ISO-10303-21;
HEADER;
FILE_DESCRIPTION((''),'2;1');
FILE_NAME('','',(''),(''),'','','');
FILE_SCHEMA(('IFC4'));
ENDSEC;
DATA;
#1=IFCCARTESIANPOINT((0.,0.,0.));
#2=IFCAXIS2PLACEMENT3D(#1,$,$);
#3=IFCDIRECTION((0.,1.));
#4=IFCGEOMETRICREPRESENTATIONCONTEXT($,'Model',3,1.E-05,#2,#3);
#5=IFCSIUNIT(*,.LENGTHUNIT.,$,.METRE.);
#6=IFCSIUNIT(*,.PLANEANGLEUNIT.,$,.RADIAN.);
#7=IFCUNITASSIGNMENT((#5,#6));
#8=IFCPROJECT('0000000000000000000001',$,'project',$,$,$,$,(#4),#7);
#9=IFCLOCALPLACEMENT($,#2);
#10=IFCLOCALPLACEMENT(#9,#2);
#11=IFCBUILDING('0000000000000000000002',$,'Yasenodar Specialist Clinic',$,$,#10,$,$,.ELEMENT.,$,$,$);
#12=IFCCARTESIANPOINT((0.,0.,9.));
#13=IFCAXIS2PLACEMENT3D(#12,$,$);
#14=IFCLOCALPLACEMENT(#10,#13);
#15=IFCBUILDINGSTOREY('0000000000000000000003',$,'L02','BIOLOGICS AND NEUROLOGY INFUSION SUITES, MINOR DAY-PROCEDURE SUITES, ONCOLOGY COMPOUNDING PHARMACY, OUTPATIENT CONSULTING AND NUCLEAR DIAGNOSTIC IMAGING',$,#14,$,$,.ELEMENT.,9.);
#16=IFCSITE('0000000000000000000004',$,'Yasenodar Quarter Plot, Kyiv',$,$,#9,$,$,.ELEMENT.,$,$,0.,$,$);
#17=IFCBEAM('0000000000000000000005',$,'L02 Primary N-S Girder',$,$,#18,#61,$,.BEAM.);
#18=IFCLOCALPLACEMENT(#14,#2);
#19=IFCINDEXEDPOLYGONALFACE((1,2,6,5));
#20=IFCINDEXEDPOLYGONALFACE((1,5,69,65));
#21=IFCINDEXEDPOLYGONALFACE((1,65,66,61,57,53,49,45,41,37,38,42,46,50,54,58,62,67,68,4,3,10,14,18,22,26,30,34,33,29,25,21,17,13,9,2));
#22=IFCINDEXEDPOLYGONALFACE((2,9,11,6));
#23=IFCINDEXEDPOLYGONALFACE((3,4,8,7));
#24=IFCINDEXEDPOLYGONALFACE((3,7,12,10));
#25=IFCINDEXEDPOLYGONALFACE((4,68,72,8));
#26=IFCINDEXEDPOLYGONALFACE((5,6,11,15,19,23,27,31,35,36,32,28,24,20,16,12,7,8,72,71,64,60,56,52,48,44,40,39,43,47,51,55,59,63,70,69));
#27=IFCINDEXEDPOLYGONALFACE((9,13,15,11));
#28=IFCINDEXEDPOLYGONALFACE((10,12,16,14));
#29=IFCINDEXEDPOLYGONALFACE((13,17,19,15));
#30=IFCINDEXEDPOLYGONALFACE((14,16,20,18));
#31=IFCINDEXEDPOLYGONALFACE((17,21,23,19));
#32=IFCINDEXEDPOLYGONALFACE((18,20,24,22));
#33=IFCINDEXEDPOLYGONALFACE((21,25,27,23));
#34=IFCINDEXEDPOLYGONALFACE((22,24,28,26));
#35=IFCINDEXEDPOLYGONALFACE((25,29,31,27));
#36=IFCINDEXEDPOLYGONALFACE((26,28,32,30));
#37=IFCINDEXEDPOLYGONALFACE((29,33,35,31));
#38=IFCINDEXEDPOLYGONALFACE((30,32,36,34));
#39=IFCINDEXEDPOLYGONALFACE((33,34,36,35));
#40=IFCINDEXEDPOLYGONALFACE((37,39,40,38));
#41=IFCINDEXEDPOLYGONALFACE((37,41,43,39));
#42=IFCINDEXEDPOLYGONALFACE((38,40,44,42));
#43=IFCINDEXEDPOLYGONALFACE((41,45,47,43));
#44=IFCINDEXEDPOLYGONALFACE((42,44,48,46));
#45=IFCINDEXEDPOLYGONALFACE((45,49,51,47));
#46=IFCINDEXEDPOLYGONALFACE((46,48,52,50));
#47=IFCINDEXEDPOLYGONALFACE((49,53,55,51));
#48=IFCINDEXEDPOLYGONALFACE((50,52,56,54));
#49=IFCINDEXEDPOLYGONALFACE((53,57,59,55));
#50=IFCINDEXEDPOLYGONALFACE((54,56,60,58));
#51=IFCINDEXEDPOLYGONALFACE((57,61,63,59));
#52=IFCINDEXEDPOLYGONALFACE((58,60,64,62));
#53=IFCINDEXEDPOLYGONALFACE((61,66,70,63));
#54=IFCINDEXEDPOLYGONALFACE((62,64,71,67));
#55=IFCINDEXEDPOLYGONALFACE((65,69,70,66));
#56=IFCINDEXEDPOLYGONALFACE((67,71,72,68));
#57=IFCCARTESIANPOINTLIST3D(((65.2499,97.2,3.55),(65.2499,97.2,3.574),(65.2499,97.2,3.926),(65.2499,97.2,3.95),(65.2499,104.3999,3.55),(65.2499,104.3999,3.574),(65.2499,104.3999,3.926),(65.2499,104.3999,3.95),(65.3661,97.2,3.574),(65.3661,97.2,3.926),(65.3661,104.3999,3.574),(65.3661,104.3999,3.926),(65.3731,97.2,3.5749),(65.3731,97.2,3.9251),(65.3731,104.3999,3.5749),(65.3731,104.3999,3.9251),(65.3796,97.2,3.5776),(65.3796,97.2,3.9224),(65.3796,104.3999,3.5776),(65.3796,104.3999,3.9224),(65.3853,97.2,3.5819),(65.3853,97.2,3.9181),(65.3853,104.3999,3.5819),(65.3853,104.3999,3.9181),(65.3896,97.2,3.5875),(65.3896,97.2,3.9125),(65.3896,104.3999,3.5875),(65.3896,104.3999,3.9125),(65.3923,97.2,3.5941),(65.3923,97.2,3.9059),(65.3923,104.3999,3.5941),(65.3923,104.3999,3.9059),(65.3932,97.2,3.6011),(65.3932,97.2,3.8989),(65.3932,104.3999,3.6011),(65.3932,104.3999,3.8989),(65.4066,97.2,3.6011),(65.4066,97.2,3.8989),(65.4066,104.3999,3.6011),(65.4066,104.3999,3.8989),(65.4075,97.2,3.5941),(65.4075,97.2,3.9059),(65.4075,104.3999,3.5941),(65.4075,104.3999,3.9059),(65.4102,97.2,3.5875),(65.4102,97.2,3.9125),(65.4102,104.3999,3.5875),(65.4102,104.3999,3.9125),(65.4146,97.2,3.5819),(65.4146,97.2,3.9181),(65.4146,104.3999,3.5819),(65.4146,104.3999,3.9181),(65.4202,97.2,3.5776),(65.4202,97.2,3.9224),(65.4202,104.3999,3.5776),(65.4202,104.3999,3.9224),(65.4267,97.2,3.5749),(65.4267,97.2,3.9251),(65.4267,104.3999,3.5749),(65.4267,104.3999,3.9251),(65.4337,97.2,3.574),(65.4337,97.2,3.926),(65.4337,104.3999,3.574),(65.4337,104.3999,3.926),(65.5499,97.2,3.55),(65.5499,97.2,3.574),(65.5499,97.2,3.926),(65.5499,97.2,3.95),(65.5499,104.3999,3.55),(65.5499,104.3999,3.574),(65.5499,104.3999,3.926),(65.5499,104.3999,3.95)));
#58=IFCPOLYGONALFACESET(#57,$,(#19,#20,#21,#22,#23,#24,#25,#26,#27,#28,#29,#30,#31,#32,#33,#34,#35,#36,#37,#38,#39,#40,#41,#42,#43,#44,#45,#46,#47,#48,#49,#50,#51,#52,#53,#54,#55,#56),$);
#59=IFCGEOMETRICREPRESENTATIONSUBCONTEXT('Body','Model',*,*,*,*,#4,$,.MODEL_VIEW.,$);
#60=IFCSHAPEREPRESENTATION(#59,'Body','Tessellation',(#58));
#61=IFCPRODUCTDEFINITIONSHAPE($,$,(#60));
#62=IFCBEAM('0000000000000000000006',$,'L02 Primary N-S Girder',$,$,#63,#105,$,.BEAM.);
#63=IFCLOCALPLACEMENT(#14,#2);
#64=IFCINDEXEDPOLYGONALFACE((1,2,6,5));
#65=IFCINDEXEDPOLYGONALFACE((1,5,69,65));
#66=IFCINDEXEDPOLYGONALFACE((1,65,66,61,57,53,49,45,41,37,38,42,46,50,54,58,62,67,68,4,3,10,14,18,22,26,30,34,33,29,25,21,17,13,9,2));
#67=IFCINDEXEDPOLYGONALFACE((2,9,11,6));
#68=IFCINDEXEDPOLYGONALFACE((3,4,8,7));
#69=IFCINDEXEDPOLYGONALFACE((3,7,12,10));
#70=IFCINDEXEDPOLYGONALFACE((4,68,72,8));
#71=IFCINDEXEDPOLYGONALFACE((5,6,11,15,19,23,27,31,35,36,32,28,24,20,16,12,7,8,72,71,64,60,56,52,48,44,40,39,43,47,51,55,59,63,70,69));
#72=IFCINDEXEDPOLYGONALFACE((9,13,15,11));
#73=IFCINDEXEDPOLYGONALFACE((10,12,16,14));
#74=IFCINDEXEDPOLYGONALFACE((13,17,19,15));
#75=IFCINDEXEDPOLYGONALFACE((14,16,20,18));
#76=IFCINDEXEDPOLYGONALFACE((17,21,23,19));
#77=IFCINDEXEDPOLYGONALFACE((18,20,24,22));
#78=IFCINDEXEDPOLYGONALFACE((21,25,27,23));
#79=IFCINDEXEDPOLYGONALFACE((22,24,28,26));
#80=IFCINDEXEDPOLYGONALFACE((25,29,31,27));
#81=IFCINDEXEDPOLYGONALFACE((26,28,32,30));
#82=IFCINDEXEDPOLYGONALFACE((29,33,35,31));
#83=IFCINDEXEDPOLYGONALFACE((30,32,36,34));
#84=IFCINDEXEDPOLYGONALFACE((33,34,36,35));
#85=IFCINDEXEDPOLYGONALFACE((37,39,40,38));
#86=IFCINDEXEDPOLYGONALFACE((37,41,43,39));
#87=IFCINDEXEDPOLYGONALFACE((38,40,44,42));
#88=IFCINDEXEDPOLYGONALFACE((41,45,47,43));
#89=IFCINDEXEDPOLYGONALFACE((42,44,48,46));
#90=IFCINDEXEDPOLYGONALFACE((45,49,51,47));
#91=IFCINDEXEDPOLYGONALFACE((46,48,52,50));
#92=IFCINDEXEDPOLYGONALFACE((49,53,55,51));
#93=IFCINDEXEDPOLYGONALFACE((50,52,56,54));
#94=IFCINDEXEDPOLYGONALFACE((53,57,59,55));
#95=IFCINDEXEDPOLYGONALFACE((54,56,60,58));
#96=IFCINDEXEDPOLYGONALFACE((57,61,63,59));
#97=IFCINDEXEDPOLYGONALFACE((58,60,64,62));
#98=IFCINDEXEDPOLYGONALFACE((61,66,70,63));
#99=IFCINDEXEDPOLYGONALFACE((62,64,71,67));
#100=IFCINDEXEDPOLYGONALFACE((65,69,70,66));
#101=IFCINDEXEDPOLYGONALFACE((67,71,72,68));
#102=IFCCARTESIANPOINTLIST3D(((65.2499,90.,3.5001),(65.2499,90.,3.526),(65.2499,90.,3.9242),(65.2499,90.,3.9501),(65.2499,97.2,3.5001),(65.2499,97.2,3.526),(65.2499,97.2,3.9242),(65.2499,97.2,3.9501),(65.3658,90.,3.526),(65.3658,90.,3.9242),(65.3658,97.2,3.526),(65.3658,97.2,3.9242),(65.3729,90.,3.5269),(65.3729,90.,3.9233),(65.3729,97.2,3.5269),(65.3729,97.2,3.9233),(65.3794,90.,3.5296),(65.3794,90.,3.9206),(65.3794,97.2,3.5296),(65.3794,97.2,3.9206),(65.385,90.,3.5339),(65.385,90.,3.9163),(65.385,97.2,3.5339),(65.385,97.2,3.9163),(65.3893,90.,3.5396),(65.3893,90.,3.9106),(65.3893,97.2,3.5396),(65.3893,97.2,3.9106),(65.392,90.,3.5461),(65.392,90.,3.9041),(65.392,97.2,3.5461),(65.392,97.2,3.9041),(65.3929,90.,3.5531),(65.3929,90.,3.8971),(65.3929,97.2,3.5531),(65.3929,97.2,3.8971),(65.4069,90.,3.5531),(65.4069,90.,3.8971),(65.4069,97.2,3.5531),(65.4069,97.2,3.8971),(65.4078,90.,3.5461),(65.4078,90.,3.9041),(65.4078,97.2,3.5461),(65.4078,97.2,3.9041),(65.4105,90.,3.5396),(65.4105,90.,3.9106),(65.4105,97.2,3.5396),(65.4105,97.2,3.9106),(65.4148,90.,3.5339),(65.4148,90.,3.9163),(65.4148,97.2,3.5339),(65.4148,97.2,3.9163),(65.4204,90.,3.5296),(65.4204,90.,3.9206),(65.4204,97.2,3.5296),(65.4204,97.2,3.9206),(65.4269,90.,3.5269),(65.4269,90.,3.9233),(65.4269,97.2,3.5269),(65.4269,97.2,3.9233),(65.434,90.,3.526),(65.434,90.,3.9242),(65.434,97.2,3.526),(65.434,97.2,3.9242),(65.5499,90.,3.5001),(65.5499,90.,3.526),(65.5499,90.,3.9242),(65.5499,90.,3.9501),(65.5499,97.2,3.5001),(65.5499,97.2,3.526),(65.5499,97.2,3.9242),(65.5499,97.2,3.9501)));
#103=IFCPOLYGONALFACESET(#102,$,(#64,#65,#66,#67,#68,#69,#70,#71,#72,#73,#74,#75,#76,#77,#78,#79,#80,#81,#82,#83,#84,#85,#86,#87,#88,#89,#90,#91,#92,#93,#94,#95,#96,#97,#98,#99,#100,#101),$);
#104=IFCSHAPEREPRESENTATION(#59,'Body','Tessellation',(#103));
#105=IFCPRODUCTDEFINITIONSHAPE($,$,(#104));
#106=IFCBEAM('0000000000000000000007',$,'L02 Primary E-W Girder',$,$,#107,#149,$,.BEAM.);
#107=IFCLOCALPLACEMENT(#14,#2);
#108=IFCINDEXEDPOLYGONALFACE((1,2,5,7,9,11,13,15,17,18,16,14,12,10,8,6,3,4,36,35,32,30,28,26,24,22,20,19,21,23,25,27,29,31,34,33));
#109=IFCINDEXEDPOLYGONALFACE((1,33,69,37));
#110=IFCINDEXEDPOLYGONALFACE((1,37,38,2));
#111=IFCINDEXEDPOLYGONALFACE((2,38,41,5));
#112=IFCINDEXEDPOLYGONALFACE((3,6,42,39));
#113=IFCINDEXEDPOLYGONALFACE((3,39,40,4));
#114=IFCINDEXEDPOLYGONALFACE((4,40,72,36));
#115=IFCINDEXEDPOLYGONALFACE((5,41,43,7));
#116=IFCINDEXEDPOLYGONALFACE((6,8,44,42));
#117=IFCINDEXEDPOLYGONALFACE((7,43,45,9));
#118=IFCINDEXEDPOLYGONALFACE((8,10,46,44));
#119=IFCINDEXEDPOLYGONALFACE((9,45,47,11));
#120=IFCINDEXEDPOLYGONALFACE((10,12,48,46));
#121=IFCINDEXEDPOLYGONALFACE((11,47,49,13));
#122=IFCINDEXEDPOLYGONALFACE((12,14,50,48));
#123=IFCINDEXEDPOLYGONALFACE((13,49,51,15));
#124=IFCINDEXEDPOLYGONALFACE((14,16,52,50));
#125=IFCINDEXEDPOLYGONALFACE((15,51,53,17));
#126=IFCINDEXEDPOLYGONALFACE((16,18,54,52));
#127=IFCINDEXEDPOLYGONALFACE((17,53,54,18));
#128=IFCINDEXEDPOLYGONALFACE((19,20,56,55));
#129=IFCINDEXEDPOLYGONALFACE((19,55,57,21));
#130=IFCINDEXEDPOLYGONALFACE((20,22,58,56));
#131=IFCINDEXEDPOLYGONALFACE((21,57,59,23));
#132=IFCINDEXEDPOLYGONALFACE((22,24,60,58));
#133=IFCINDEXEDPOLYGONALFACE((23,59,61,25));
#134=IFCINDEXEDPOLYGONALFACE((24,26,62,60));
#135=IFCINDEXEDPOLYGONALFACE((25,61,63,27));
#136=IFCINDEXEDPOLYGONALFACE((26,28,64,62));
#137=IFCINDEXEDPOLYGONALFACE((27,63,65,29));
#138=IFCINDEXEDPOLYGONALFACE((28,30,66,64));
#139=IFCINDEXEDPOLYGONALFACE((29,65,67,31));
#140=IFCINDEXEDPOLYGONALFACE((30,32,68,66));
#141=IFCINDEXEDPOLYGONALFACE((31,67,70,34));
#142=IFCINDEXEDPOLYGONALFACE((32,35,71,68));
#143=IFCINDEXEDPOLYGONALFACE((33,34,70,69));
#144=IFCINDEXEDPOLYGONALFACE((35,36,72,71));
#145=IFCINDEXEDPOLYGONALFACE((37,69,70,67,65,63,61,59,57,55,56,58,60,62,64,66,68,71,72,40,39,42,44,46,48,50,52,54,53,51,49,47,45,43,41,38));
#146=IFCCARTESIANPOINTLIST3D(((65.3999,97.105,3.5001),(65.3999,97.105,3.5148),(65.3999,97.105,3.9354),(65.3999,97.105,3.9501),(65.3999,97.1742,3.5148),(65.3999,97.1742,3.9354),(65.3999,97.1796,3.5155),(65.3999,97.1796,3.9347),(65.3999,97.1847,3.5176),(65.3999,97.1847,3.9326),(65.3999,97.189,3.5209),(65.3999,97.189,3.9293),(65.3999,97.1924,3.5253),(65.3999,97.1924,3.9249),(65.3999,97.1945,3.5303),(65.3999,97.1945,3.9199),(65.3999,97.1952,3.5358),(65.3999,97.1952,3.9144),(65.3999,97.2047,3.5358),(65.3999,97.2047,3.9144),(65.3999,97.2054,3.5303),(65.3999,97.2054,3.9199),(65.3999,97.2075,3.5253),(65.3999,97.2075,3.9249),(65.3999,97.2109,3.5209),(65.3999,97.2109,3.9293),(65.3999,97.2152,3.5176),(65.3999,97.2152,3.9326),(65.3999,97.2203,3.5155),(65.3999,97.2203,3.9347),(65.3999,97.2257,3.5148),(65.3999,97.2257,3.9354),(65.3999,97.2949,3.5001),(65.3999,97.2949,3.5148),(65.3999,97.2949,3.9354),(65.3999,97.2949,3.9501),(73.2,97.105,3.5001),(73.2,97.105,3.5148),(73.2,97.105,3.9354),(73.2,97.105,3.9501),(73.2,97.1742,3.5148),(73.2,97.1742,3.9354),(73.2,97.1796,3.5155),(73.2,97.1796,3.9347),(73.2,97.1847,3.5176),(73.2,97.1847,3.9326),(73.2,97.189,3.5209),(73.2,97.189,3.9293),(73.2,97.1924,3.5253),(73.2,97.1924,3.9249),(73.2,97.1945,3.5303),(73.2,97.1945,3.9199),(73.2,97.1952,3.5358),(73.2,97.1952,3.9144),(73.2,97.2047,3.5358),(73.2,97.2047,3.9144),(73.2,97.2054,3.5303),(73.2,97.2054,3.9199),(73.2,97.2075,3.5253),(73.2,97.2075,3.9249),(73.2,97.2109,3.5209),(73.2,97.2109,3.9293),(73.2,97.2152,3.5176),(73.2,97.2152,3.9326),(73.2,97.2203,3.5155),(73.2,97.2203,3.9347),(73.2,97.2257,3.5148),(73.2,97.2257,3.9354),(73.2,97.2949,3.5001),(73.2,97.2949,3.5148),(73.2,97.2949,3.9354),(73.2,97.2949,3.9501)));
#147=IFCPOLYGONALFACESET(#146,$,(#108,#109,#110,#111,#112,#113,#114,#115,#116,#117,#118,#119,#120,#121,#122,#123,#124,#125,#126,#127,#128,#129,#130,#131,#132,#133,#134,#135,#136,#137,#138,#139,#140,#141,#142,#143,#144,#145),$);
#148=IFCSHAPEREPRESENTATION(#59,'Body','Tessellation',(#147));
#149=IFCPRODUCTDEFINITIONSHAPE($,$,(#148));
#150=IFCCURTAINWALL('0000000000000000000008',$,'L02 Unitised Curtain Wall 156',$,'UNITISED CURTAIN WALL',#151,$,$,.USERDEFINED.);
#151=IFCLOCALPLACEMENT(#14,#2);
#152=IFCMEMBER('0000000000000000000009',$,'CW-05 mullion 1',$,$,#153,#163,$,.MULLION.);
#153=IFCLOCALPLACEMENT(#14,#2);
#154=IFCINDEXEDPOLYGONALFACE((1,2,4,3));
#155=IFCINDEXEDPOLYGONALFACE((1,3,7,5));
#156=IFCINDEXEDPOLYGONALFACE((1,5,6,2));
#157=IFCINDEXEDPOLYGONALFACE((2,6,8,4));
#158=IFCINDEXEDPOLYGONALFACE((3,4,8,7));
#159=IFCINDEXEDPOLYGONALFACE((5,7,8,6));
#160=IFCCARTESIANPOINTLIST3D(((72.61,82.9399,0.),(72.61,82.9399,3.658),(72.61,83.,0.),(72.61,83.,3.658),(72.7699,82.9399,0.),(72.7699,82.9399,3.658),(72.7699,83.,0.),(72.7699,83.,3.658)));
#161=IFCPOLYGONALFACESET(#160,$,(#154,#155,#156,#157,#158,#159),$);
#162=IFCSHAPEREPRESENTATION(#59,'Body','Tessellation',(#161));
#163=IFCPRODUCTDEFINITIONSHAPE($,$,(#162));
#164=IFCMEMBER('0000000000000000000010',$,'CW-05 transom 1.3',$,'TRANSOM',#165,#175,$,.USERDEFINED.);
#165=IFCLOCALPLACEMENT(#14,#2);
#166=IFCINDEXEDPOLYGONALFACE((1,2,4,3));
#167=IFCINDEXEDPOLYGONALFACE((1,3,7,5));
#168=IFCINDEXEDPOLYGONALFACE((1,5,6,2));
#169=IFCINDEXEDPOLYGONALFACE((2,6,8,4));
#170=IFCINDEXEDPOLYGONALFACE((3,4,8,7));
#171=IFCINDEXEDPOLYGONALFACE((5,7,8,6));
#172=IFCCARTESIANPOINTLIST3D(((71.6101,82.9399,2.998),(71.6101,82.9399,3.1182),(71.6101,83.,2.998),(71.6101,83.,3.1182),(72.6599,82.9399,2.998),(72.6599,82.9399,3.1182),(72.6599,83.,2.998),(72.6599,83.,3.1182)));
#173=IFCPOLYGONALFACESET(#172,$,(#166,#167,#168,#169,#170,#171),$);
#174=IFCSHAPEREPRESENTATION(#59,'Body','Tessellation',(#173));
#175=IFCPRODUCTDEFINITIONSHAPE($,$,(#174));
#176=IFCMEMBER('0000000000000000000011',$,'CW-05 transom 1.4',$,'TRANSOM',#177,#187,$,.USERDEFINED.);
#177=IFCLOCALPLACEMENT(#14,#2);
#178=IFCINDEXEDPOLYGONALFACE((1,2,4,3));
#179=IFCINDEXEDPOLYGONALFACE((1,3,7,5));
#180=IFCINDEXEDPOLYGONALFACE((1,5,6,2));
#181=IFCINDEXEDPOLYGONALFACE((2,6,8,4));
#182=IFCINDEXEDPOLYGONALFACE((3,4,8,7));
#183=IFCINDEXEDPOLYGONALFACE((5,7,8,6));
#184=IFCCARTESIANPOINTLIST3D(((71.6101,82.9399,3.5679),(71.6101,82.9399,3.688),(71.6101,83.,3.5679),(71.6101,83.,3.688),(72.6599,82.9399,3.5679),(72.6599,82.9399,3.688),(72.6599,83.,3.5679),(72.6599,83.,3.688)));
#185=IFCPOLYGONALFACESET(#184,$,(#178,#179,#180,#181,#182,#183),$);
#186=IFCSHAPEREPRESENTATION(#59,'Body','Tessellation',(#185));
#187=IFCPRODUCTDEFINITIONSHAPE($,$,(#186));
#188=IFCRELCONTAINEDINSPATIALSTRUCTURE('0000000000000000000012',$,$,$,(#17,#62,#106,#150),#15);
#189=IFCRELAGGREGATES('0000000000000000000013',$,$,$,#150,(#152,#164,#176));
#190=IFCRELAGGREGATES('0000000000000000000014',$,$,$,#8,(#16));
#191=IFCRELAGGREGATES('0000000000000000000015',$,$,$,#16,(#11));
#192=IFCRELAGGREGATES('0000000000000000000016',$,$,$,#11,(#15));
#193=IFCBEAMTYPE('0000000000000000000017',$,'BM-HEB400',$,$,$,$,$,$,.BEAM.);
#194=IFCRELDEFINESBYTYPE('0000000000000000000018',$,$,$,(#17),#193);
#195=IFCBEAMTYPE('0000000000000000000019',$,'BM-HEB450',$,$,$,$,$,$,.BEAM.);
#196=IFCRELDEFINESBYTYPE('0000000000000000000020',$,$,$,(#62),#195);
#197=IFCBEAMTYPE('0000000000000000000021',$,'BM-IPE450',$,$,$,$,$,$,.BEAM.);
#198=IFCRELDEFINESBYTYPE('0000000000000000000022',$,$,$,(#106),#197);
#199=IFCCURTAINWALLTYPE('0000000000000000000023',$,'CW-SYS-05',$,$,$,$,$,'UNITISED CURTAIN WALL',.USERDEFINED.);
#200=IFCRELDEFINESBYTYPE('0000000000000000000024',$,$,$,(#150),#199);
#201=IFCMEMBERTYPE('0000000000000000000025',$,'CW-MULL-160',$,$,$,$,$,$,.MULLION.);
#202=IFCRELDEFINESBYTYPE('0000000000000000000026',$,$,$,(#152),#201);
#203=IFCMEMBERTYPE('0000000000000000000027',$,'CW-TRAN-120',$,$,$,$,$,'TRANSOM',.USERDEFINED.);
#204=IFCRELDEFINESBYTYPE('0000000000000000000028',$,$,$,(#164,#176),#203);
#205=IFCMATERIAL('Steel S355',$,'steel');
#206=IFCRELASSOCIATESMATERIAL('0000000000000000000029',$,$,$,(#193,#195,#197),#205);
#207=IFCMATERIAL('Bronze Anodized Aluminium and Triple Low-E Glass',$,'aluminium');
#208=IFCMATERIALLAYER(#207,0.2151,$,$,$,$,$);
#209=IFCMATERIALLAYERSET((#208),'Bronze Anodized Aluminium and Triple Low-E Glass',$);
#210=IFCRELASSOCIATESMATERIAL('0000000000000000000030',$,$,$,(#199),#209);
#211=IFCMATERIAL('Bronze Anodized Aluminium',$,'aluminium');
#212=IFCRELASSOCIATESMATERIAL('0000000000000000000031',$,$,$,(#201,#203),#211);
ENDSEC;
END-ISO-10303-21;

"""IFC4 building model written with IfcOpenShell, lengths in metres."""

from ifc_helpers import new_model, si_unit, direction, frame, origin, origin_2d, place, context, subcontext, project, spatial, rectangle, i_section, extrude, material, layer, layer_set, material_profile, profile_set, type_object, element, aggregate, save


model = new_model("IFC4")

# Units and contexts
model_context = context("Model", 3, precision=1e-05, world=origin(), true_north=direction((0.0, 1.0)))
body_context = subcontext(model_context, "Body", "Model", "MODEL_VIEW")
ifc_project = project(units=[si_unit("LENGTHUNIT", "METRE"), si_unit("PLANEANGLEUNIT", "RADIAN")], contexts=[model_context])

# Site, building, storey
site_placement = place(None, origin())
site = spatial("IfcSite", under=ifc_project, at=site_placement, Name="Yasenodar Quarter Plot, Kyiv", CompositionType="ELEMENT", RefElevation=0.0)
building_placement = place(site_placement, origin())
building = spatial("IfcBuilding", under=site, at=building_placement, Name="Yasenodar Specialist Clinic", CompositionType="ELEMENT")
storey_placement = place(building_placement, frame((0.0, 0.0, 9.0)))
storey = spatial("IfcBuildingStorey", under=building, at=storey_placement, Name="L02", Description="BIOLOGICS AND NEUROLOGY INFUSION SUITES, MINOR DAY-PROCEDURE SUITES, ONCOLOGY COMPOUNDING PHARMACY, OUTPATIENT CONSULTING AND NUCLEAR DIAGNOSTIC IMAGING", CompositionType="ELEMENT", Elevation=9.0)

# Shared definitions
ifc_material_1 = material(Name="Steel S355", Category="steel")

# Beams
ifc_material_profile_1 = material_profile(ifc_material_1, i_section(OverallWidth=0.3, OverallDepth=0.3999, WebThickness=0.0134, FlangeThickness=0.0239, FilletRadius=0.0271, at=origin_2d()), Name="HEB 400")
ifc_profile_set_1 = profile_set([ifc_material_profile_1], Name="Steel S355")
beam_type_1 = type_object("IfcBeamType", Name="BM-HEB400", PredefinedType="BEAM", material=ifc_profile_set_1)
beam_1_placement = place(storey_placement, frame((65.3999, 97.2, 3.75), z_axis=(0.0, 1.0, 0.0), x_axis=(-1.0, 0.0, 0.0)))
element("IfcBeam", 1, at=beam_1_placement, inside=storey, type_object=beam_type_1, Name="L02 Primary N-S Girder", PredefinedType="BEAM", context=body_context, shape_type="SweptSolid", body=[
    extrude(i_section(OverallWidth=0.3, OverallDepth=0.3999, WebThickness=0.0134, FlangeThickness=0.0239, FilletRadius=0.0271, at=origin_2d()), origin(), (0.0, 0.0, 1.0), 7.2),
])
ifc_material_profile_2 = material_profile(ifc_material_1, i_section(OverallWidth=0.3, OverallDepth=0.45, WebThickness=0.0139, FlangeThickness=0.0259, FilletRadius=0.0271, at=origin_2d()), Name="HEB 450")
ifc_profile_set_2 = profile_set([ifc_material_profile_2], Name="Steel S355")
beam_type_2 = type_object("IfcBeamType", Name="BM-HEB450", PredefinedType="BEAM", material=ifc_profile_set_2)
beam_2_placement = place(storey_placement, frame((65.3999, 90.0, 3.7251), z_axis=(0.0, 1.0, 0.0), x_axis=(-1.0, 0.0, 0.0)))
element("IfcBeam", 2, at=beam_2_placement, inside=storey, type_object=beam_type_2, Name="L02 Primary N-S Girder", PredefinedType="BEAM", context=body_context, shape_type="SweptSolid", body=[
    extrude(i_section(OverallWidth=0.3, OverallDepth=0.45, WebThickness=0.0139, FlangeThickness=0.0259, FilletRadius=0.0271, at=origin_2d()), origin(), (0.0, 0.0, 1.0), 7.2),
])
ifc_material_profile_3 = material_profile(ifc_material_1, i_section(OverallWidth=0.1899, OverallDepth=0.45, WebThickness=0.0095, FlangeThickness=0.0146, FilletRadius=0.021, at=origin_2d()), Name="IPE 450")
ifc_profile_set_3 = profile_set([ifc_material_profile_3], Name="Steel S355")
beam_type_3 = type_object("IfcBeamType", Name="BM-IPE450", PredefinedType="BEAM", material=ifc_profile_set_3)
beam_3_placement = place(storey_placement, frame((65.3999, 97.2, 3.7251), z_axis=(1.0, 0.0, 0.0), x_axis=(0.0, 1.0, 0.0)))
element("IfcBeam", 3, at=beam_3_placement, inside=storey, type_object=beam_type_3, Name="L02 Primary E-W Girder", PredefinedType="BEAM", context=body_context, shape_type="SweptSolid", body=[
    extrude(i_section(OverallWidth=0.1899, OverallDepth=0.45, WebThickness=0.0095, FlangeThickness=0.0146, FilletRadius=0.021, at=origin_2d()), origin(), (0.0, 0.0, 1.0), 7.8),
])

# Curtain wall, members
ifc_material_2 = material(Name="Bronze Anodized Aluminium and Triple Low-E Glass", Category="aluminium")
ifc_layer_1 = layer(ifc_material_2, 0.2151)
ifc_layer_set_1 = layer_set([ifc_layer_1], Name="Bronze Anodized Aluminium and Triple Low-E Glass")
curtain_wall_type = type_object("IfcCurtainWallType", Name="CW-SYS-05", ElementType="UNITISED CURTAIN WALL", PredefinedType="USERDEFINED", material=ifc_layer_set_1)
curtain_wall_placement = place(storey_placement, origin())
curtain_wall = element("IfcCurtainWall", 4, at=curtain_wall_placement, inside=storey, type_object=curtain_wall_type, Name="L02 Unitised Curtain Wall 156", ObjectType="UNITISED CURTAIN WALL", PredefinedType="USERDEFINED")
ifc_material_3 = material(Name="Bronze Anodized Aluminium", Category="aluminium")
ifc_material_profile_4 = material_profile(ifc_material_3, rectangle(XDim=0.0601, YDim=0.1599, at=origin_2d()), Name="CW-MULL 60x160")
ifc_profile_set_4 = profile_set([ifc_material_profile_4], Name="Bronze Anodized Aluminium")
member_type_1 = type_object("IfcMemberType", Name="CW-MULL-160", PredefinedType="MULLION", material=ifc_profile_set_4)
member_1_placement = place(storey_placement, frame((72.6899, 82.97, 0.0), z_axis=(0.0, 0.0, 1.0), x_axis=(0.0, -1.0, 0.0)))
member_1 = element("IfcMember", 5, at=member_1_placement, type_object=member_type_1, Name="CW-05 mullion 1", PredefinedType="MULLION", context=body_context, shape_type="SweptSolid", body=[
    extrude(rectangle(XDim=0.0601, YDim=0.1599, at=origin_2d()), origin(), (0.0, 0.0, 1.0), 3.658),
])
ifc_material_profile_5 = material_profile(ifc_material_3, rectangle(XDim=0.0601, YDim=0.1201, at=origin_2d()), Name="CW-TRAN 60x120")
ifc_profile_set_5 = profile_set([ifc_material_profile_5], Name="Bronze Anodized Aluminium")
member_type_2 = type_object("IfcMemberType", Name="CW-TRAN-120", ElementType="TRANSOM", PredefinedType="USERDEFINED", material=ifc_profile_set_5)
member_2_placement = place(storey_placement, frame((72.6599, 82.97, 3.0581), z_axis=(-1.0, 0.0, 0.0), x_axis=(0.0, -1.0, 0.0)))
member_2 = element("IfcMember", 6, at=member_2_placement, type_object=member_type_2, Name="CW-05 transom 1.3", ObjectType="TRANSOM", PredefinedType="USERDEFINED", context=body_context, shape_type="SweptSolid", body=[
    extrude(rectangle(XDim=0.0601, YDim=0.1201, at=origin_2d()), origin(), (0.0, 0.0, 1.0), 1.0498),
])
member_3_placement = place(storey_placement, frame((72.6599, 82.97, 3.6279), z_axis=(-1.0, 0.0, 0.0), x_axis=(0.0, -1.0, 0.0)))
member_3 = element("IfcMember", 7, at=member_3_placement, type_object=member_type_2, Name="CW-05 transom 1.4", ObjectType="TRANSOM", PredefinedType="USERDEFINED", context=body_context, shape_type="SweptSolid", body=[
    extrude(rectangle(XDim=0.0601, YDim=0.1201, at=origin_2d()), origin(), (0.0, 0.0, 1.0), 1.0498),
])
aggregate(curtain_wall, [member_1, member_2, member_3])

save(model, "model.ifc")
